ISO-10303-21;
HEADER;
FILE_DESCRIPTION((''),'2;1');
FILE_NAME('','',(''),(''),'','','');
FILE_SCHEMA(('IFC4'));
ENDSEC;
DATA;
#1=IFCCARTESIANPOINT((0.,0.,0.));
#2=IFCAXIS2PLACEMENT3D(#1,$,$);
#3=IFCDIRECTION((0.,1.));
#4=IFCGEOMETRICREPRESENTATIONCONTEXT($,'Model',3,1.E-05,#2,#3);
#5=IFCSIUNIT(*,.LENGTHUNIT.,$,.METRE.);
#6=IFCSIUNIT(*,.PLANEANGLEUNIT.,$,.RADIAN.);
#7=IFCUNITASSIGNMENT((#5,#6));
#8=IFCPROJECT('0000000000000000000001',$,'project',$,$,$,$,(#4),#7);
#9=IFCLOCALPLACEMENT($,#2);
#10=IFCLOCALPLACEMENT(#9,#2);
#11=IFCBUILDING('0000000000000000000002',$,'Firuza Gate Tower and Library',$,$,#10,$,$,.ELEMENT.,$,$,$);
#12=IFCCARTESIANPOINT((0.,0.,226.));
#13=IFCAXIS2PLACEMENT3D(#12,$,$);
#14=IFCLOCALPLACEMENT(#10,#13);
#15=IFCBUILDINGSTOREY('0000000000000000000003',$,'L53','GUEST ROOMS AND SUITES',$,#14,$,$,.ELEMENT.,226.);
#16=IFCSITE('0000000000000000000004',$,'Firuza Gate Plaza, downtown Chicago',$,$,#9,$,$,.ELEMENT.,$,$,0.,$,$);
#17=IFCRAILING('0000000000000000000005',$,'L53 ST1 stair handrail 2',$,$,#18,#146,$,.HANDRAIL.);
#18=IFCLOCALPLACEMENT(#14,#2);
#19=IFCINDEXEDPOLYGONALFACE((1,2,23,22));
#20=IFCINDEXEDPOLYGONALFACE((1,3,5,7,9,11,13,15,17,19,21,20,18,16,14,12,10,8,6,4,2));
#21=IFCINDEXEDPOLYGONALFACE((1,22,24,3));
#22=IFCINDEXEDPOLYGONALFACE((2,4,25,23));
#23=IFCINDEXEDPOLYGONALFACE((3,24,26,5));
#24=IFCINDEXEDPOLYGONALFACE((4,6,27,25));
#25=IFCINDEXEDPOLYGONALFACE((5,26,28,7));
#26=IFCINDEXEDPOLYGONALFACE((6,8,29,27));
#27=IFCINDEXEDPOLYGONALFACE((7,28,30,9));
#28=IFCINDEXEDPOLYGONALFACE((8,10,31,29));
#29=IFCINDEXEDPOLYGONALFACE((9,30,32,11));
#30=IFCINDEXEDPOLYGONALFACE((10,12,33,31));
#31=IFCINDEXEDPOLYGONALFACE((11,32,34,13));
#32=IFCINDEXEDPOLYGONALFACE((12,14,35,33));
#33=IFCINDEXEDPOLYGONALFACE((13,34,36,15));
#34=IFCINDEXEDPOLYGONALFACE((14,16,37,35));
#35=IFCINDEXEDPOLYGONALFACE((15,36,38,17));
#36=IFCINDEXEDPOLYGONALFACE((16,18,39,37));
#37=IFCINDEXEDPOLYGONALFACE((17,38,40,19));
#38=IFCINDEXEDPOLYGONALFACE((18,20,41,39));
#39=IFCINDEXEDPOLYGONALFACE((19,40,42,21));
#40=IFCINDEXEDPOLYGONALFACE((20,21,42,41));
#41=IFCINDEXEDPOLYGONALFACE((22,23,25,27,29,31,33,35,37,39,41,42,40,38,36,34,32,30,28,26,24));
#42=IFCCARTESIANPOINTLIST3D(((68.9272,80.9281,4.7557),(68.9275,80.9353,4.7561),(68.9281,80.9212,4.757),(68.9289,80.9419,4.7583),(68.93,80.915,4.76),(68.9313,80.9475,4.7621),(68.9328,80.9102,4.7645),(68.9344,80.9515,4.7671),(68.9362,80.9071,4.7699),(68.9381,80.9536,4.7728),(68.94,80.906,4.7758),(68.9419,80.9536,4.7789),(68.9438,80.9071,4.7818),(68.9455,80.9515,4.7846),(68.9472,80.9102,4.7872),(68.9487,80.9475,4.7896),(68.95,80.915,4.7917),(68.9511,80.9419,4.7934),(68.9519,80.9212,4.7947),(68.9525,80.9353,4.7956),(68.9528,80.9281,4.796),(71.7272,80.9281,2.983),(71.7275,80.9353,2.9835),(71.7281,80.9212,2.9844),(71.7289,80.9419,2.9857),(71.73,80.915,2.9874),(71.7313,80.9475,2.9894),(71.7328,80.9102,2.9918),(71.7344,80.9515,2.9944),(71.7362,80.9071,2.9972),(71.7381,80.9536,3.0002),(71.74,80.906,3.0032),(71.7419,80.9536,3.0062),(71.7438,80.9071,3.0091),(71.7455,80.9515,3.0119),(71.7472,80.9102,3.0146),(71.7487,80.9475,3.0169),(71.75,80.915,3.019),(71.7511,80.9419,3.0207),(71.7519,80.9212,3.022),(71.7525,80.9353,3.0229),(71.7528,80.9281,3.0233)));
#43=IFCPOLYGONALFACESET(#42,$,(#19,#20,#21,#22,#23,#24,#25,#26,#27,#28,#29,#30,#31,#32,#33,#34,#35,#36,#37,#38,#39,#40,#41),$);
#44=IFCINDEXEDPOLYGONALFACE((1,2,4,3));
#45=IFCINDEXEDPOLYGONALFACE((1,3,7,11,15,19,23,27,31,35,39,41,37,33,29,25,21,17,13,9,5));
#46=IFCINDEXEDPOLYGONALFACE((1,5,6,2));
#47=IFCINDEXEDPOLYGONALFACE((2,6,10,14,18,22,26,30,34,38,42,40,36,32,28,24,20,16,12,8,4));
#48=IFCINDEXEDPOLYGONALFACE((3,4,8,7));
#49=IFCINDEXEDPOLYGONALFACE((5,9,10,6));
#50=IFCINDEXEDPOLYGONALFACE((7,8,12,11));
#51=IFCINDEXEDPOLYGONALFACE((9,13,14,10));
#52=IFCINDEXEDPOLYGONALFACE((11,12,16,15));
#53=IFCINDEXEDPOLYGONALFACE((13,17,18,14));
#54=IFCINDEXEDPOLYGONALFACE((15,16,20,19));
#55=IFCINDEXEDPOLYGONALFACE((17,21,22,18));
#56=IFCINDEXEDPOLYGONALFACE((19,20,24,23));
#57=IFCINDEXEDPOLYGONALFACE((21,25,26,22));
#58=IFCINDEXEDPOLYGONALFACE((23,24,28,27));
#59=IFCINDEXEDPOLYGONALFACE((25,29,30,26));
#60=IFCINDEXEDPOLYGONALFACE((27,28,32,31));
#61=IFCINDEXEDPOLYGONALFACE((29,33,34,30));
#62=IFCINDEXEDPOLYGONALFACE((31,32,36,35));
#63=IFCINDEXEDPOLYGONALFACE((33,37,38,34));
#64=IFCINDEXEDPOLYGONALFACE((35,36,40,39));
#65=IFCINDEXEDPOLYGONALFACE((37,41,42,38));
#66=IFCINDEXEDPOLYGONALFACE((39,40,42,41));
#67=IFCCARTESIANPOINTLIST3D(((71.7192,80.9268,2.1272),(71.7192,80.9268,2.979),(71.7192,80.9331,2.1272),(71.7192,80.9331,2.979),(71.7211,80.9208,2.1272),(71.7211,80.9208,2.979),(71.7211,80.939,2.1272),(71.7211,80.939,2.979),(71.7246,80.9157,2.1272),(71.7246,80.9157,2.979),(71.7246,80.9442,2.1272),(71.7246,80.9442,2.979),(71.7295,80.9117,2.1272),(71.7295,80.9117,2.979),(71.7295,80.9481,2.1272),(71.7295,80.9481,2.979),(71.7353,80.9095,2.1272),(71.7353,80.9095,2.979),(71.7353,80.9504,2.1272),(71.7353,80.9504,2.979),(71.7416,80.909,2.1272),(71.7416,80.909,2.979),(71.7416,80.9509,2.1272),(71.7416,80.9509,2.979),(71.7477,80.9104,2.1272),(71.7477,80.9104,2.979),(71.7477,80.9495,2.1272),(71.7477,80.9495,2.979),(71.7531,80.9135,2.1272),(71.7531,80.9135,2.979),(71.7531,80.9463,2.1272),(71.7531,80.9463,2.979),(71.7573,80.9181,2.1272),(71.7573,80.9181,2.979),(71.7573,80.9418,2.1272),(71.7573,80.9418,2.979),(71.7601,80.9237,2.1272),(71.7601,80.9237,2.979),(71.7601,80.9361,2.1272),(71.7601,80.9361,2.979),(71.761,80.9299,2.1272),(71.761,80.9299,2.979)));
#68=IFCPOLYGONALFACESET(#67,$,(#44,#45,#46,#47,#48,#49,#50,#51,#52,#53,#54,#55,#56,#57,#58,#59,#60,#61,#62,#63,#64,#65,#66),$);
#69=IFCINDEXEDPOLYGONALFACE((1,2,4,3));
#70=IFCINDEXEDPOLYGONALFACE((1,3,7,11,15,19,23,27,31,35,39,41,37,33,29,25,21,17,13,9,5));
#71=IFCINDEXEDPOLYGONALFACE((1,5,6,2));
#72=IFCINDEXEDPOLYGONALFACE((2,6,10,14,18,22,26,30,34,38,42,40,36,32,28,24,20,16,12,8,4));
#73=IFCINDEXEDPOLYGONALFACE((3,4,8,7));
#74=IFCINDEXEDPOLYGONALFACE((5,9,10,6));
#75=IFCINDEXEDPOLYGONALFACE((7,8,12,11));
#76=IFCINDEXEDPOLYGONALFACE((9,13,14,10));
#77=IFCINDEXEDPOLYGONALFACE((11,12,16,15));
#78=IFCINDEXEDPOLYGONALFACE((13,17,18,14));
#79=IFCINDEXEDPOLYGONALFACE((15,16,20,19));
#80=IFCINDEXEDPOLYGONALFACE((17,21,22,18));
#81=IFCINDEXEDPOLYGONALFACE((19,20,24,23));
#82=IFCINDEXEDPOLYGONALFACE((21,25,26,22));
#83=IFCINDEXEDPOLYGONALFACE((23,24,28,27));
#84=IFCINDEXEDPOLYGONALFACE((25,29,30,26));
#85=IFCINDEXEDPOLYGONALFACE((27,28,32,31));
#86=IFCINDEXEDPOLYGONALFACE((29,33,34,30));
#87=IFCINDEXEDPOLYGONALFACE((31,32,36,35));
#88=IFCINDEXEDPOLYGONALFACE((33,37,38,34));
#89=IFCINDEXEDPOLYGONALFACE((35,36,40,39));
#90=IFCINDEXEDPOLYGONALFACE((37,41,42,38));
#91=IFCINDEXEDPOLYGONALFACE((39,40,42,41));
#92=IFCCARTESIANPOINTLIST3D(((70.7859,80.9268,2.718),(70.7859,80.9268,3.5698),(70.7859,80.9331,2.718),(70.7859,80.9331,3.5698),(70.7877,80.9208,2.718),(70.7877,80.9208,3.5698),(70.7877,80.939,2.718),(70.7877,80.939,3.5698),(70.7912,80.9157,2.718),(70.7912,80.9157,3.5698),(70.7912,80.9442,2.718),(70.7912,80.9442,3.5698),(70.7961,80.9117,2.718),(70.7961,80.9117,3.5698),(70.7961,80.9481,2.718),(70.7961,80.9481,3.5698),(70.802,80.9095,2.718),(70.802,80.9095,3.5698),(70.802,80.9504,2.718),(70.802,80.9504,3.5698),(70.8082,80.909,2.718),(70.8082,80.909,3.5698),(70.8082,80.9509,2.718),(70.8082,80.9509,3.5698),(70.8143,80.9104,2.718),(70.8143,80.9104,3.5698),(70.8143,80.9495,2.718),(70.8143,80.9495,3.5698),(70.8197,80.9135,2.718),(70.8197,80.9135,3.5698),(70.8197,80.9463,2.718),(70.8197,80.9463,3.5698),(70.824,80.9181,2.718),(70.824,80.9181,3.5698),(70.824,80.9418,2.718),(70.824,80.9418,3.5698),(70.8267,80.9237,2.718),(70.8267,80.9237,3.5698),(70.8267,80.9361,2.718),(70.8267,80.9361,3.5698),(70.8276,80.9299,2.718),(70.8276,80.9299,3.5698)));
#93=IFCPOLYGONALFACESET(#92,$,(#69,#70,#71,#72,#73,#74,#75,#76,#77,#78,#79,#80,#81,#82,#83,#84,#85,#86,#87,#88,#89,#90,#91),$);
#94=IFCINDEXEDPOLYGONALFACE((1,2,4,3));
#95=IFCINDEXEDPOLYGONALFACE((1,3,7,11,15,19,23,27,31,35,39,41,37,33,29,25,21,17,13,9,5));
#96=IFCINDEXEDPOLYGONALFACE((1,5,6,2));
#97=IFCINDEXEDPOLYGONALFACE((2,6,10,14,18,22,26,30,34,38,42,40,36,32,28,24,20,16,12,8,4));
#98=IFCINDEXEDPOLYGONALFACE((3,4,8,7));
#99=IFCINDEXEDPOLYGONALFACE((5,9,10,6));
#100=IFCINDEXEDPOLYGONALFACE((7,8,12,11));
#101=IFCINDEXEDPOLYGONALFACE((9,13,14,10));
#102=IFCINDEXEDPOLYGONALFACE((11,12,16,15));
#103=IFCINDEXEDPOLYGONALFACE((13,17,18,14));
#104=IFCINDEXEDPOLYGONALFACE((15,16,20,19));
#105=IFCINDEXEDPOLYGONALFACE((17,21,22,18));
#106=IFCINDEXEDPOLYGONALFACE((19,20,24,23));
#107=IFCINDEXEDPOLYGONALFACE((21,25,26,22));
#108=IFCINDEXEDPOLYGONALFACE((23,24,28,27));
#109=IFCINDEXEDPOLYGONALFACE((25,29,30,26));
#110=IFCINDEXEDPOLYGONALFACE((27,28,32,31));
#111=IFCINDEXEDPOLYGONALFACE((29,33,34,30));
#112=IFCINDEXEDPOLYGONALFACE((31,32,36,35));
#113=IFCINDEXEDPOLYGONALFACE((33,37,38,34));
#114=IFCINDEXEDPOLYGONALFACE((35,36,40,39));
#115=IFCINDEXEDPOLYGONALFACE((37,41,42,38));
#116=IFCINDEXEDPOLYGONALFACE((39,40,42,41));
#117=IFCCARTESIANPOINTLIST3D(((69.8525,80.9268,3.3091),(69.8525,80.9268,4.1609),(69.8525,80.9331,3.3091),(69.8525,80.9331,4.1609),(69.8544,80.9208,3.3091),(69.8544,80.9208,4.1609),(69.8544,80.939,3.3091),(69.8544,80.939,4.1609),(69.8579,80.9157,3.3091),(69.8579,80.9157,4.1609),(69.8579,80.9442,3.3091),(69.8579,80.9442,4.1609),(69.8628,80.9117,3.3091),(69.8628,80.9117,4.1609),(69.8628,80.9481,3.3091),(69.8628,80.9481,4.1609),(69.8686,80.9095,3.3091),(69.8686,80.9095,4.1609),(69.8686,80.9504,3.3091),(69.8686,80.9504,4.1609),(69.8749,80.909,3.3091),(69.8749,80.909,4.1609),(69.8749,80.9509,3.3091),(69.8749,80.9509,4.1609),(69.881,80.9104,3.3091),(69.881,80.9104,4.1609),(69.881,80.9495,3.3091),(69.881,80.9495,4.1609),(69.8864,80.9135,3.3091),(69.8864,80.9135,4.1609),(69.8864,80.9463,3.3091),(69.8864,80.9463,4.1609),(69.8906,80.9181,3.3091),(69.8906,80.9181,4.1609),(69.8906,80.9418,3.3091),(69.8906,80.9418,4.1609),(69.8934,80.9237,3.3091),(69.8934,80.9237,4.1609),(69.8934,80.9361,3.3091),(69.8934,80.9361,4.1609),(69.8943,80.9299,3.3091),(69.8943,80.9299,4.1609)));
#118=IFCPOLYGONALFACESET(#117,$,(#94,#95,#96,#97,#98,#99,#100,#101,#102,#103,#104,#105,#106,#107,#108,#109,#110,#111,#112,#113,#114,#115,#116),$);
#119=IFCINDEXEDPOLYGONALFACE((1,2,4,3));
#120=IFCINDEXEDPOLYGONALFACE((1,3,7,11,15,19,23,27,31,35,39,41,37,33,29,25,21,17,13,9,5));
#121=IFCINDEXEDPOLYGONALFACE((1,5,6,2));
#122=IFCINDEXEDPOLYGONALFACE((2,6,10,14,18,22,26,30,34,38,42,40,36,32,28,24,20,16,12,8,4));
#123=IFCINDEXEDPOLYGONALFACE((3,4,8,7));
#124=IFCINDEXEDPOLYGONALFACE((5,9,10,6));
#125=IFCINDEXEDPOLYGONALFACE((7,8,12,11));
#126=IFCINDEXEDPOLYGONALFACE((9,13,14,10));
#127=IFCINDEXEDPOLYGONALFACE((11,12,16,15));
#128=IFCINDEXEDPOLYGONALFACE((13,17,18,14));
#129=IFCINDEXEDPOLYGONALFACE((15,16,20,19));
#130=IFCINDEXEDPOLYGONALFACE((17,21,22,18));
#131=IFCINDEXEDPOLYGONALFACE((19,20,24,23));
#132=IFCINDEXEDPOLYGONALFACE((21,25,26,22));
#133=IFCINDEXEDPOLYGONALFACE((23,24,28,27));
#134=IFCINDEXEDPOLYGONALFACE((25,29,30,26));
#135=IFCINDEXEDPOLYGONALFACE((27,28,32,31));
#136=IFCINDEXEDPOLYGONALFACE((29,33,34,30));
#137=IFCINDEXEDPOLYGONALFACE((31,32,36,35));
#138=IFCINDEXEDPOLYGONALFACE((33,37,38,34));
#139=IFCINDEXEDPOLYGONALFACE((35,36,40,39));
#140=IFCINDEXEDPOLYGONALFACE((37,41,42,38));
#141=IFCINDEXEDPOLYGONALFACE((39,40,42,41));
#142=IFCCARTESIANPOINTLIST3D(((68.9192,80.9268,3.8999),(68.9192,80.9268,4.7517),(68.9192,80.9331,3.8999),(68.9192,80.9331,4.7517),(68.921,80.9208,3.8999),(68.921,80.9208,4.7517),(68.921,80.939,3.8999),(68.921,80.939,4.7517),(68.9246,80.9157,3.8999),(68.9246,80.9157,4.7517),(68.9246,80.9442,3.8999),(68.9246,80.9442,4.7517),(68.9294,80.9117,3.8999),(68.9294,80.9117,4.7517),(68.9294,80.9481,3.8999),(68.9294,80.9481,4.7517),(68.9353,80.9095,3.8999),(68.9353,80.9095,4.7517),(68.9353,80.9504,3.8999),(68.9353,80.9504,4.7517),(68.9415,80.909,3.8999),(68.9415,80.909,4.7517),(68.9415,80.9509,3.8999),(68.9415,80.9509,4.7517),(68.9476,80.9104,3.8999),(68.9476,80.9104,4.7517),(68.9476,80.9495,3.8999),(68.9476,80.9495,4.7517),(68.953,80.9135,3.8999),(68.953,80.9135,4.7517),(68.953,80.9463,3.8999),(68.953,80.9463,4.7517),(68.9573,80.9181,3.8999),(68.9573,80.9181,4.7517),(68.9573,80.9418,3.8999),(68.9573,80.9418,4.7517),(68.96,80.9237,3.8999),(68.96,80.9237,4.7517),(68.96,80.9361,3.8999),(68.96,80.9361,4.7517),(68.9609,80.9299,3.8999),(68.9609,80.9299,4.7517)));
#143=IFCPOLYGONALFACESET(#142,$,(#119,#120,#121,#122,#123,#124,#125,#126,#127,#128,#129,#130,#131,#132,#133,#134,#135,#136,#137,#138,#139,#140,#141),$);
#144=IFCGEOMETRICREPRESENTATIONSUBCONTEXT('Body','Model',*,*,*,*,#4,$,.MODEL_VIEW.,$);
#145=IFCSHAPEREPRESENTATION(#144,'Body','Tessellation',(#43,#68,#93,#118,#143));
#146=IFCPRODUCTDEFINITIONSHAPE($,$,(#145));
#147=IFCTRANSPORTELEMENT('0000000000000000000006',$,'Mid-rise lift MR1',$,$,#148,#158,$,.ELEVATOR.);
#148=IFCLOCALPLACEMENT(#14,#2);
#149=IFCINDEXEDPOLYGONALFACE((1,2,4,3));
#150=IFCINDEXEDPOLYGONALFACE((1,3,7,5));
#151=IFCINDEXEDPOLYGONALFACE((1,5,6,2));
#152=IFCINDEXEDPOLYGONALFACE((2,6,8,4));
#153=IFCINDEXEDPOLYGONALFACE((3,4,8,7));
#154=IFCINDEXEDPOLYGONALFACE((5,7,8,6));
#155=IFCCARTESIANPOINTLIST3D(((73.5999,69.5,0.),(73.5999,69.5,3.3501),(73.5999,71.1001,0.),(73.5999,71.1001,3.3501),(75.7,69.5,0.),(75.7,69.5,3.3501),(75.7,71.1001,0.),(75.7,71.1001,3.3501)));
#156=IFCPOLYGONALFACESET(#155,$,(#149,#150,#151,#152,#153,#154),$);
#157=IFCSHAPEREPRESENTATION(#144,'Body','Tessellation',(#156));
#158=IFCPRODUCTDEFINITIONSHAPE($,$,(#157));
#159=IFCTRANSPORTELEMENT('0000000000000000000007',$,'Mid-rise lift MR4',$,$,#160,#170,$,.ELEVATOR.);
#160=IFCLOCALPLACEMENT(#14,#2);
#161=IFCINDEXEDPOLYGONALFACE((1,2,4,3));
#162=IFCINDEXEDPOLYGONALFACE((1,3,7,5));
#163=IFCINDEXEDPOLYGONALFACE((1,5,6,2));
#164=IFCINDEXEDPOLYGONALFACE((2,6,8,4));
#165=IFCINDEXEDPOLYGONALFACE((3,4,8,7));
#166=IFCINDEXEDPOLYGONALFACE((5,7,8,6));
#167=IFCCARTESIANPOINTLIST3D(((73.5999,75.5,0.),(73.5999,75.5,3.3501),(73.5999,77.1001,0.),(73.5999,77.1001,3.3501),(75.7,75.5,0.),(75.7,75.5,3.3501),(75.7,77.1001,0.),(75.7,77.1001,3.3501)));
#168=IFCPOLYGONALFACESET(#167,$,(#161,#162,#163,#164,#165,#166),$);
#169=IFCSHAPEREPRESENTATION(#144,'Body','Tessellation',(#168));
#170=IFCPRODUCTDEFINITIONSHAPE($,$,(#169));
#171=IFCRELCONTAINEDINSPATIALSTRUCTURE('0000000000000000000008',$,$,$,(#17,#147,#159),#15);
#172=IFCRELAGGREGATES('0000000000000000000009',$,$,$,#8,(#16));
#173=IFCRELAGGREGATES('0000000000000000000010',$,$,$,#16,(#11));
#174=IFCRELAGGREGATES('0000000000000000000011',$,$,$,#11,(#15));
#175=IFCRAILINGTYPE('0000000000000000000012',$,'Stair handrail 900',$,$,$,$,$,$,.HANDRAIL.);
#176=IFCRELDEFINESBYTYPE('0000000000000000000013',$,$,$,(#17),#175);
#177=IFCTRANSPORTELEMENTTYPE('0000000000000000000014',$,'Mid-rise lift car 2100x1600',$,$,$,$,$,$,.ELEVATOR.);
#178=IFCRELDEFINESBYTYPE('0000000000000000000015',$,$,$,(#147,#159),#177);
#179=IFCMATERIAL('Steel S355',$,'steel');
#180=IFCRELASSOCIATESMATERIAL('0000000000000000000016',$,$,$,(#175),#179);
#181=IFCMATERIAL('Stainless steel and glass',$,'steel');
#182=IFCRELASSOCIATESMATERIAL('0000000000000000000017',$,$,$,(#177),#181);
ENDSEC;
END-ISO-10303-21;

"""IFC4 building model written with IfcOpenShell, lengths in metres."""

from ifc_helpers import new_model, si_unit, direction, frame, origin, origin_2d, place, context, subcontext, project, spatial, rectangle, circle, extrude, material, type_object, element, save


model = new_model("IFC4")

# Units and contexts
model_context = context("Model", 3, precision=1e-05, world=origin(), true_north=direction((0.0, 1.0)))
body_context = subcontext(model_context, "Body", "Model", "MODEL_VIEW")
ifc_project = project(units=[si_unit("LENGTHUNIT", "METRE"), si_unit("PLANEANGLEUNIT", "RADIAN")], contexts=[model_context])

# Site, building, storey
site_placement = place(None, origin())
site = spatial("IfcSite", under=ifc_project, at=site_placement, Name="Firuza Gate Plaza, downtown Chicago", CompositionType="ELEMENT", RefElevation=0.0)
building_placement = place(site_placement, origin())
building = spatial("IfcBuilding", under=site, at=building_placement, Name="Firuza Gate Tower and Library", CompositionType="ELEMENT")
storey_placement = place(building_placement, frame((0.0, 0.0, 226.0)))
storey = spatial("IfcBuildingStorey", under=building, at=storey_placement, Name="L53", Description="GUEST ROOMS AND SUITES", CompositionType="ELEMENT", Elevation=226.0)

# Railing
ifc_material_1 = material(Name="Steel S355", Category="steel")
railing_type_1 = type_object("IfcRailingType", Name="Stair handrail 900", PredefinedType="HANDRAIL", material=ifc_material_1)
railing_1_placement = place(storey_placement, frame((71.74, 80.9299, 2.1272)))
element("IfcRailing", 1, at=railing_1_placement, inside=storey, type_object=railing_type_1, Name="L53 ST1 stair handrail 2", PredefinedType="HANDRAIL", context=body_context, shape_type="SweptSolid", body=[
    extrude(circle(Radius=0.0239, at=origin_2d()), frame((0.0, 0.0, 0.876), z_axis=(-0.844909, 0.0, 0.53491), x_axis=(0.0, -1.0, 0.0)), (0.0, 0.0, 1.0), 3.314),
    extrude(circle(Radius=0.021, at=origin_2d()), origin(), (0.0, 0.0, 1.0), 0.8518),
    extrude(circle(Radius=0.021, at=origin_2d()), frame((-0.9333, 0.0, 0.5908)), (0.0, 0.0, 1.0), 0.8518),
    extrude(circle(Radius=0.021, at=origin_2d()), frame((-1.8667, 0.0, 1.1819)), (0.0, 0.0, 1.0), 0.8518),
    extrude(circle(Radius=0.021, at=origin_2d()), frame((-2.8, 0.0, 1.7727)), (0.0, 0.0, 1.0), 0.8518),
])

# Transport elements
ifc_material_2 = material(Name="Stainless steel and glass", Category="steel")
transport_element_type = type_object("IfcTransportElementType", Name="Mid-rise lift car 2100x1600", PredefinedType="ELEVATOR", material=ifc_material_2)
for number, where, z_axis, x_axis, name in (
    (2, (74.6499, 70.3, 0.0), (0.0, 0.0, 1.0), (1.0, 0.0, 0.0), "Mid-rise lift MR1"),
    (3, (74.6499, 76.3, 0.0), (0.0, 0.0, 1.0), (1.0, 0.0, 0.0), "Mid-rise lift MR4"),
):
    element("IfcTransportElement", number, at=place(storey_placement, frame(where, z_axis=z_axis, x_axis=x_axis)), inside=storey, type_object=transport_element_type, Name=name, PredefinedType="ELEVATOR", context=body_context, shape_type="SweptSolid", body=[
        extrude(rectangle(XDim=2.1001, YDim=1.6001, at=origin_2d()), origin(), (0.0, 0.0, 1.0), 3.3501),
    ])

save(model, "model.ifc")
